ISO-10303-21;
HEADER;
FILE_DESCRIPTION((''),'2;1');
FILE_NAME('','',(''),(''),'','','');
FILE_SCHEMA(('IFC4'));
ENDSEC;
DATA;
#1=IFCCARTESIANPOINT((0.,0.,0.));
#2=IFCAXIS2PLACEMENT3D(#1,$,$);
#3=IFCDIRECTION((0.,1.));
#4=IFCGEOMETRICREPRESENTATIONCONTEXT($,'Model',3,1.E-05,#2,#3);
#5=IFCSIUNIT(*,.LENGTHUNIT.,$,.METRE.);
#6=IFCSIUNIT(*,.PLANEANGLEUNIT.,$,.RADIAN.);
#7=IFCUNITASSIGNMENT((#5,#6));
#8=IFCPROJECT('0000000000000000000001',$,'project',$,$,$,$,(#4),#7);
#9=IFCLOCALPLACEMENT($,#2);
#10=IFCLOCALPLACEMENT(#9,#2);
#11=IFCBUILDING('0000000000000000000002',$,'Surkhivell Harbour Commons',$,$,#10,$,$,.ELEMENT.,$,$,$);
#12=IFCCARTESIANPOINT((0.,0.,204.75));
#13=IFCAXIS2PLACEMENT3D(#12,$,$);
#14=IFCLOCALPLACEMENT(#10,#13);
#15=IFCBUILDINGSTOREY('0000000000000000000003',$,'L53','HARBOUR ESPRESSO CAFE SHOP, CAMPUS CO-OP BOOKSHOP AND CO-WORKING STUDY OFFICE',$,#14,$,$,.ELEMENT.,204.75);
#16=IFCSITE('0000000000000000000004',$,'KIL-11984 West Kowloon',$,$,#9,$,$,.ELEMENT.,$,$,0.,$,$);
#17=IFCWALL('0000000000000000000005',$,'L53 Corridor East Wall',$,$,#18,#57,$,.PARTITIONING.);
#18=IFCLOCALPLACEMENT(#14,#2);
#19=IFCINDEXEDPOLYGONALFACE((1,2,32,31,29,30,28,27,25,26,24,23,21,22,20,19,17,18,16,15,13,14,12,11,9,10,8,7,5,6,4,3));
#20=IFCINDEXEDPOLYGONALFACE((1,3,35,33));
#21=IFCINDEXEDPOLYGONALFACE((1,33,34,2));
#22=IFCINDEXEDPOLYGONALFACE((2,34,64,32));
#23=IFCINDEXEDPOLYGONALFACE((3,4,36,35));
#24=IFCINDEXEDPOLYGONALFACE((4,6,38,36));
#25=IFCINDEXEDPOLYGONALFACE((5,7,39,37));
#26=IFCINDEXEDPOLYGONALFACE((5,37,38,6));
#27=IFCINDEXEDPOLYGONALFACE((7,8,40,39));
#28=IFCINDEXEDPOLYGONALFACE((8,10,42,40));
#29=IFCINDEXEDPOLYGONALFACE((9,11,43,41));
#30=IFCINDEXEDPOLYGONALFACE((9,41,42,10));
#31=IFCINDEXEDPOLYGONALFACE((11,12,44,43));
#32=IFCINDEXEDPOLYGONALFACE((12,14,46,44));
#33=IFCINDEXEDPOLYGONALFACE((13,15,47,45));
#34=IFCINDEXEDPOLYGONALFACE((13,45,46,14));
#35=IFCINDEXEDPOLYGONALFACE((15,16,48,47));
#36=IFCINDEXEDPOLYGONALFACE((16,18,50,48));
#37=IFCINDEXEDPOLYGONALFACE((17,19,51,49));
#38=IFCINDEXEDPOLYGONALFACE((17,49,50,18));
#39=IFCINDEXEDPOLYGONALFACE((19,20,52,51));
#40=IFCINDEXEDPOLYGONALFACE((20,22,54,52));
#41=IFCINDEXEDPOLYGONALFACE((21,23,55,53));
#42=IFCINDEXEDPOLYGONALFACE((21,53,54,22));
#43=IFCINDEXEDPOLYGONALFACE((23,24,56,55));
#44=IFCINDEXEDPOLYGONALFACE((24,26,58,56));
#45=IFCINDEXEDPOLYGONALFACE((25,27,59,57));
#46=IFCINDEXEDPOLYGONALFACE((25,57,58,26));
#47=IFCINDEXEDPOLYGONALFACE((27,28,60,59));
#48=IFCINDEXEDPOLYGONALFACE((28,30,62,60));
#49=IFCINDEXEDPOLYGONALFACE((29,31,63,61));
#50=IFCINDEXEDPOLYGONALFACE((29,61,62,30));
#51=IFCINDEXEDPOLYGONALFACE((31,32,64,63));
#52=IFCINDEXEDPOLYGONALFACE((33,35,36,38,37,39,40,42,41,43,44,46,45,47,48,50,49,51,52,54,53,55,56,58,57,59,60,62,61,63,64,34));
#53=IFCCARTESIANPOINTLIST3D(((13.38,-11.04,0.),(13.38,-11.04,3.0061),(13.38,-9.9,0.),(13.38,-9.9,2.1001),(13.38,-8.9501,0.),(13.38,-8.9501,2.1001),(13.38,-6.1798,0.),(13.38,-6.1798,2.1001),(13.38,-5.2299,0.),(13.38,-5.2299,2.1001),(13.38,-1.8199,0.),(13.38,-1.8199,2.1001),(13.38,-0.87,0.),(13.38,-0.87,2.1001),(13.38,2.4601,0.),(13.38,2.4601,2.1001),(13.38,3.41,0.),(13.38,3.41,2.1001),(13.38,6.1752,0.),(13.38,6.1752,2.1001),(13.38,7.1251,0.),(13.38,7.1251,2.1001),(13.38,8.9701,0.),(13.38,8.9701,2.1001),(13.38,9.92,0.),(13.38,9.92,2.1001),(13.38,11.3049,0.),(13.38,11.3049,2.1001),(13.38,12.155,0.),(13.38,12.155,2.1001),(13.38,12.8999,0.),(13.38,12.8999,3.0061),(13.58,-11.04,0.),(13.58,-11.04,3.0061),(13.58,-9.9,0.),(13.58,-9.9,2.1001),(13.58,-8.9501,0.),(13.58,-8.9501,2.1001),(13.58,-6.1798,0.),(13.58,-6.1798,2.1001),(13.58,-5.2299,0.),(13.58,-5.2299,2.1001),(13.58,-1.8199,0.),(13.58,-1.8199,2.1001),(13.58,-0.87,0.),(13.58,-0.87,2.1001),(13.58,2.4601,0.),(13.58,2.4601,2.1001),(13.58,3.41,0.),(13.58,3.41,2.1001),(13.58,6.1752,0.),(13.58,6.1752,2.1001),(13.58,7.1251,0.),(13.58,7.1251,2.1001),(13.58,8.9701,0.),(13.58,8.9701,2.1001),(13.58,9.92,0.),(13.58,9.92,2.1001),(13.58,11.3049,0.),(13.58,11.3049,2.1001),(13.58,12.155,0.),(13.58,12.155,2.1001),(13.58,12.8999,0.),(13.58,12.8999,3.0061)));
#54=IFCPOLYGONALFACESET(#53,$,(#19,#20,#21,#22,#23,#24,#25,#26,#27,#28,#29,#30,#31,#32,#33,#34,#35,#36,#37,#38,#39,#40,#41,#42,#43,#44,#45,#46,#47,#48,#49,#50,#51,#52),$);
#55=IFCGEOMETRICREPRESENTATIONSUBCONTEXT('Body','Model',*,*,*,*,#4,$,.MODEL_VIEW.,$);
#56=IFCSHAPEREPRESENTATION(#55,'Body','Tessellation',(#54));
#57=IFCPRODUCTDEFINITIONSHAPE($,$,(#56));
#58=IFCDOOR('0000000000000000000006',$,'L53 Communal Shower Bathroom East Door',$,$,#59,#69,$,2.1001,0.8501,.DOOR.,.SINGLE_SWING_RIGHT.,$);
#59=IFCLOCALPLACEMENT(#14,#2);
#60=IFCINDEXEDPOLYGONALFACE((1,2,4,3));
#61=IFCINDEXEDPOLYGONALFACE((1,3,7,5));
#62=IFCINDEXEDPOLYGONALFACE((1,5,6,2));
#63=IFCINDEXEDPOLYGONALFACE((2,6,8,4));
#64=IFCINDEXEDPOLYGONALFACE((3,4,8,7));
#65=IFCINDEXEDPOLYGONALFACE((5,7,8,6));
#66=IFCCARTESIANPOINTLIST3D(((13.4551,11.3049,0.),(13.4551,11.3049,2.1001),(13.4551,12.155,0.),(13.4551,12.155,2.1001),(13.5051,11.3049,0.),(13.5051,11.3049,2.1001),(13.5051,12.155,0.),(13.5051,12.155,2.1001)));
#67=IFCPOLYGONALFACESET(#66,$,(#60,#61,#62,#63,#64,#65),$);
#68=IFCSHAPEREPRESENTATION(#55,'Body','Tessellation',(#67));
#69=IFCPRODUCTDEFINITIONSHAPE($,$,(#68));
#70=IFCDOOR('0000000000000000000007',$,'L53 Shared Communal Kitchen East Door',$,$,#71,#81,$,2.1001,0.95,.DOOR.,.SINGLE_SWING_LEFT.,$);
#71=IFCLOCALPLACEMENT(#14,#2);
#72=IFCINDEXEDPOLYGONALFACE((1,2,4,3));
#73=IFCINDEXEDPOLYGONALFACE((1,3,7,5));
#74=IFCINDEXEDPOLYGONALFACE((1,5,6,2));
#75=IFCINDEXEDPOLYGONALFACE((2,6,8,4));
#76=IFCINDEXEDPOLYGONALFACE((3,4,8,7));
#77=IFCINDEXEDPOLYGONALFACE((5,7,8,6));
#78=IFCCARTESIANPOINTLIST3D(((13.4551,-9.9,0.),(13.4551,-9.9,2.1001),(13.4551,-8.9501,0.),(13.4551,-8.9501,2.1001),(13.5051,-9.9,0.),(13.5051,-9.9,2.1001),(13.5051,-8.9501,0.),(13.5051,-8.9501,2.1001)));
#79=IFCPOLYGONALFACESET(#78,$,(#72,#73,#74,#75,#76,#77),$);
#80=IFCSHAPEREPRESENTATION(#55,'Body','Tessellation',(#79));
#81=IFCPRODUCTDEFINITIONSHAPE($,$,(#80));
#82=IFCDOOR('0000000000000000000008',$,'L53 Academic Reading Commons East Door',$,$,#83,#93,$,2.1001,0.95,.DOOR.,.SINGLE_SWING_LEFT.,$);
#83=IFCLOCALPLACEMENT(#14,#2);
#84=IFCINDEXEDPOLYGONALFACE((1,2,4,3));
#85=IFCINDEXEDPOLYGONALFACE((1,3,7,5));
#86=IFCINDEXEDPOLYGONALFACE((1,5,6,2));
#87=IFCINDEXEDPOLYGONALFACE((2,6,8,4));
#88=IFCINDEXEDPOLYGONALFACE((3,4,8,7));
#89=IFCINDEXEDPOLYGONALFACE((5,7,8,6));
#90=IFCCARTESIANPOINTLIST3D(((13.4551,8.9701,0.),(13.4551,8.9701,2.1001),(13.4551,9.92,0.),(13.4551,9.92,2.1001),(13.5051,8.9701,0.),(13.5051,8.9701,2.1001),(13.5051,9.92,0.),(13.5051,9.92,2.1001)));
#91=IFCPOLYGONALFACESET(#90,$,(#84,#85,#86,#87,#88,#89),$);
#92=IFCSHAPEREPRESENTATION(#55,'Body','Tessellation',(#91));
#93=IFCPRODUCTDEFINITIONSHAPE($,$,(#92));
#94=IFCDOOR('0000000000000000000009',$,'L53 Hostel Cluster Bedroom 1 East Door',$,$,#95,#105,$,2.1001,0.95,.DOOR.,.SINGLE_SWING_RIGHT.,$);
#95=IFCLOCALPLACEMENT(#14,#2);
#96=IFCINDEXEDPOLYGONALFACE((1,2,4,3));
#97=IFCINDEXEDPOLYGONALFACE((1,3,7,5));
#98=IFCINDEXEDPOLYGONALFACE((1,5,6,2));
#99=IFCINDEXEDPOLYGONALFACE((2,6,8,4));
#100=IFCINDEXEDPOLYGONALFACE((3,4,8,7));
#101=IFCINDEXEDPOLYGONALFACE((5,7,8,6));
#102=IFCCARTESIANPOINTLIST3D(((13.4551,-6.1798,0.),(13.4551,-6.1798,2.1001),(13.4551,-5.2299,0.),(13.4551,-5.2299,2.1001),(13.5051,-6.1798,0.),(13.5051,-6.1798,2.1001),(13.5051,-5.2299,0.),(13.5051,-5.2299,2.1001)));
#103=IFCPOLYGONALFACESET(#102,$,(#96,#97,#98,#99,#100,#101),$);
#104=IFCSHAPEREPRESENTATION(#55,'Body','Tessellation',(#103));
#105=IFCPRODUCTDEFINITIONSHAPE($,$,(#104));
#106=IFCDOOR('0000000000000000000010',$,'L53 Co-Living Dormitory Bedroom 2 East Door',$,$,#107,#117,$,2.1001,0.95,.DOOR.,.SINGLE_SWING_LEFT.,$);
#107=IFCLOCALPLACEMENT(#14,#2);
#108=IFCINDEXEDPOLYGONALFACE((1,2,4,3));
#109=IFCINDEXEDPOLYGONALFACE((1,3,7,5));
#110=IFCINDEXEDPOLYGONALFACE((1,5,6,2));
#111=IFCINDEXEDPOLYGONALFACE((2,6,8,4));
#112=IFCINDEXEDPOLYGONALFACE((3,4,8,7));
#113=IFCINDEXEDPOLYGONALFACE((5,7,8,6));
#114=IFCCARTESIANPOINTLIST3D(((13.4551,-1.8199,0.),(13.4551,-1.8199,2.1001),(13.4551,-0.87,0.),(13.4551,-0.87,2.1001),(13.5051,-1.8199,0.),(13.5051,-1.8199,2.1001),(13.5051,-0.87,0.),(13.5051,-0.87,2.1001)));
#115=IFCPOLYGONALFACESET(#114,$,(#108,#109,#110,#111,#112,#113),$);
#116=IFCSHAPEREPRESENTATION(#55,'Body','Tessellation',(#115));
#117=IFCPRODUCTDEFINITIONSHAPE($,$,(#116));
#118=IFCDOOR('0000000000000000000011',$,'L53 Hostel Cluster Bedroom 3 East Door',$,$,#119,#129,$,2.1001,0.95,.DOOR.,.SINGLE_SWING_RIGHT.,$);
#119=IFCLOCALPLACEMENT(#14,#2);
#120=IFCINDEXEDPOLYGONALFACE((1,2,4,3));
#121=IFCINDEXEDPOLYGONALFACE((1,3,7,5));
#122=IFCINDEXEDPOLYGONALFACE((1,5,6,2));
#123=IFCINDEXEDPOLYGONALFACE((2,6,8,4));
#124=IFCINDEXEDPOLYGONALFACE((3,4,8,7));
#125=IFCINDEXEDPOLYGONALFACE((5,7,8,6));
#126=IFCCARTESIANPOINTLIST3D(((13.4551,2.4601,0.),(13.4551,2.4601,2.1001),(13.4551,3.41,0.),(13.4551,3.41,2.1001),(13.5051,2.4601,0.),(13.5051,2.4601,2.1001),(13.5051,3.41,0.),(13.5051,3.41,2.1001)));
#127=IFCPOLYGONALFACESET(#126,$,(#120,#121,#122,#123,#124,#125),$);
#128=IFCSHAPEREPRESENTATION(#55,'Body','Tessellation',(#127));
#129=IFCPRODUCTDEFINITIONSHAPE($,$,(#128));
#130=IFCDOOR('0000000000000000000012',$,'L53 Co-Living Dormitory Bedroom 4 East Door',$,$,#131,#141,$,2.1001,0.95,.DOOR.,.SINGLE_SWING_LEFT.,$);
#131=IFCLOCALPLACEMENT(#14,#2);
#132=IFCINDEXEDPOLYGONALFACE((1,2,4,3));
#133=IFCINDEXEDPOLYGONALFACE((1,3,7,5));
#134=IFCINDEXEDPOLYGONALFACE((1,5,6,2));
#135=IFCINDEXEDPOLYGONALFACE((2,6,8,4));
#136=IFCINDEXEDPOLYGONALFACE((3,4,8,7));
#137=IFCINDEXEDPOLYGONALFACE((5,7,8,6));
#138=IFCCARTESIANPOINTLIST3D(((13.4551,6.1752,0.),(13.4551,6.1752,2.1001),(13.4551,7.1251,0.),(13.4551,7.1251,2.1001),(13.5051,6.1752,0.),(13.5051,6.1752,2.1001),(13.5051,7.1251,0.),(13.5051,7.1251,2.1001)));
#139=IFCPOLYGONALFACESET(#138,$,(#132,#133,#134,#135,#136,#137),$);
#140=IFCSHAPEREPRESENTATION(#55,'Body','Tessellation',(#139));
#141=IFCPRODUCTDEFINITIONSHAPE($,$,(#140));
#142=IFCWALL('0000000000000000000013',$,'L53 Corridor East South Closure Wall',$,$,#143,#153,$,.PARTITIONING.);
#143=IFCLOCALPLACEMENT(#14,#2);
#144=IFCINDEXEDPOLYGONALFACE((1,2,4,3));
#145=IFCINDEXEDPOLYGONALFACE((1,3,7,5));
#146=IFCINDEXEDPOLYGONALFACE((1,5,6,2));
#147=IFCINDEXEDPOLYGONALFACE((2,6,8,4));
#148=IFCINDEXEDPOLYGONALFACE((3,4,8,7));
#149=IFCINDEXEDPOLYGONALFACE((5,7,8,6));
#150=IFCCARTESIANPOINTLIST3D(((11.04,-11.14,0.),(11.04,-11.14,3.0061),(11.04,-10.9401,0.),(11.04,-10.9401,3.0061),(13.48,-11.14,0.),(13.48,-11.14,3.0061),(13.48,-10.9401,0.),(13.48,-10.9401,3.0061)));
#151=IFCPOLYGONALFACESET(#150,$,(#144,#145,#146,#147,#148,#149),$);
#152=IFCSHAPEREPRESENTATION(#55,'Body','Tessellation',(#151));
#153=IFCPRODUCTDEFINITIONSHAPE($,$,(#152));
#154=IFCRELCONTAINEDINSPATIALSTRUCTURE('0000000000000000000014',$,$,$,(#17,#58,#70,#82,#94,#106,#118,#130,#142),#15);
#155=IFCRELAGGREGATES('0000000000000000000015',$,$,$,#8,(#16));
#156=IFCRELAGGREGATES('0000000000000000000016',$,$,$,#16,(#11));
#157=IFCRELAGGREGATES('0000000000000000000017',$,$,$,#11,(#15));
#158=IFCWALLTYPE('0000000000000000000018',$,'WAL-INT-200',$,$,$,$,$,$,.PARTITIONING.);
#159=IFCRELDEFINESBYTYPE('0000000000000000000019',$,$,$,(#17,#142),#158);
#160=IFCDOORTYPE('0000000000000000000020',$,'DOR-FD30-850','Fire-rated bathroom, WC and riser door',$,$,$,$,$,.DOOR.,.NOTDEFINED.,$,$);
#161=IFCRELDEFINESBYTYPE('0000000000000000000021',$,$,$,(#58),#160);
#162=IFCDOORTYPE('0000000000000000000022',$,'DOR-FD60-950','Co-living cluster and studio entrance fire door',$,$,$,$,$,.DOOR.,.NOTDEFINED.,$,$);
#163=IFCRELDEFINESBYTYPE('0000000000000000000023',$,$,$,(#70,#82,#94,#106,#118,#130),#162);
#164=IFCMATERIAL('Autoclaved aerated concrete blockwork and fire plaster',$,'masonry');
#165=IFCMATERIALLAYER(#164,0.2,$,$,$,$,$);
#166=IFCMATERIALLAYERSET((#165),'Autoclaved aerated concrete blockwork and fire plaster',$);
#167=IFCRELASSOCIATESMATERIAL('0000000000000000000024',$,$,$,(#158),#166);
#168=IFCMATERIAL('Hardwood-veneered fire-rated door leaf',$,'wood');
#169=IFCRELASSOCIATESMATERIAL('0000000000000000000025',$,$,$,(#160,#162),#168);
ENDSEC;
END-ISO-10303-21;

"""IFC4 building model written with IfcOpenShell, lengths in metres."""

from ifc_helpers import new_model, si_unit, direction, frame, frame_2d, origin, place, context, subcontext, project, spatial, rectangle, extrude, material, layer, layer_set, type_object, element, fill, save


model = new_model("IFC4")

# Units and contexts
model_context = context("Model", 3, precision=1e-05, world=origin(), true_north=direction((0.0, 1.0)))
body_context = subcontext(model_context, "Body", "Model", "MODEL_VIEW")
ifc_project = project(units=[si_unit("LENGTHUNIT", "METRE"), si_unit("PLANEANGLEUNIT", "RADIAN")], contexts=[model_context])

# Site, building, storey
site_placement = place(None, origin())
site = spatial("IfcSite", under=ifc_project, at=site_placement, Name="KIL-11984 West Kowloon", CompositionType="ELEMENT", RefElevation=0.0)
building_placement = place(site_placement, origin())
building = spatial("IfcBuilding", under=site, at=building_placement, Name="Surkhivell Harbour Commons", CompositionType="ELEMENT")
storey_placement = place(building_placement, frame((0.0, 0.0, 204.75)))
storey = spatial("IfcBuildingStorey", under=building, at=storey_placement, Name="L53", Description="HARBOUR ESPRESSO CAFE SHOP, CAMPUS CO-OP BOOKSHOP AND CO-WORKING STUDY OFFICE", CompositionType="ELEMENT", Elevation=204.75)

# Wall, openings, doors
ifc_material_1 = material(Name="Autoclaved aerated concrete blockwork and fire plaster", Category="masonry")
ifc_layer_1 = layer(ifc_material_1, 0.2)
ifc_layer_set_1 = layer_set([ifc_layer_1], Name="Autoclaved aerated concrete blockwork and fire plaster")
wall_type_1 = type_object("IfcWallType", Name="WAL-INT-200", PredefinedType="PARTITIONING", material=ifc_layer_set_1)
wall_1_placement = place(storey_placement, frame((13.48, -11.04, 0.0), z_axis=(0.0, 0.0, 1.0), x_axis=(0.0, 1.0, 0.0)))
wall_1 = element("IfcWall", 1, at=wall_1_placement, inside=storey, type_object=wall_type_1, Name="L53 Corridor East Wall", PredefinedType="PARTITIONING", context=body_context, shape_type="SweptSolid", body=[
    extrude(rectangle(XDim=23.9399, YDim=0.2, at=frame_2d((11.97, 0.0))), origin(), (0.0, 0.0, 1.0), 3.0061),
])
opening_1_placement = place(wall_1_placement, frame((1.1399, 0.0, 0.0)))
opening_1 = element("IfcOpeningElement", 2, at=opening_1_placement, cuts=wall_1, PredefinedType="OPENING", context=body_context, shape_type="SweptSolid", body=[
    extrude(rectangle(XDim=0.95, YDim=2.1001, at=frame_2d((0.4751, 1.05))), frame((0.0, 0.1099, 0.0), z_axis=(0.0, -1.0, 0.0), x_axis=(1.0, 0.0, 0.0)), (0.0, 0.0, 1.0), 0.22),
])
opening_2_placement = place(wall_1_placement, frame((22.345, 0.0, 0.0)))
opening_2 = element("IfcOpeningElement", 3, at=opening_2_placement, cuts=wall_1, PredefinedType="OPENING", context=body_context, shape_type="SweptSolid", body=[
    extrude(rectangle(XDim=0.8501, YDim=2.1001, at=frame_2d((0.425, 1.05))), frame((0.0, 0.1099, 0.0), z_axis=(0.0, -1.0, 0.0), x_axis=(1.0, 0.0, 0.0)), (0.0, 0.0, 1.0), 0.22),
])
opening_3_placement = place(wall_1_placement, frame((20.01, 0.0, 0.0)))
opening_3 = element("IfcOpeningElement", 4, at=opening_3_placement, cuts=wall_1, PredefinedType="OPENING", context=body_context, shape_type="SweptSolid", body=[
    extrude(rectangle(XDim=0.95, YDim=2.1001, at=frame_2d((0.4751, 1.05))), frame((0.0, 0.1099, 0.0), z_axis=(0.0, -1.0, 0.0), x_axis=(1.0, 0.0, 0.0)), (0.0, 0.0, 1.0), 0.22),
])
opening_4_placement = place(wall_1_placement, frame((4.8601, 0.0, 0.0)))
opening_4 = element("IfcOpeningElement", 5, at=opening_4_placement, cuts=wall_1, PredefinedType="OPENING", context=body_context, shape_type="SweptSolid", body=[
    extrude(rectangle(XDim=0.95, YDim=2.1001, at=frame_2d((0.4751, 1.05))), frame((0.0, 0.1099, 0.0), z_axis=(0.0, -1.0, 0.0), x_axis=(1.0, 0.0, 0.0)), (0.0, 0.0, 1.0), 0.22),
])
opening_5_placement = place(wall_1_placement, frame((9.22, 0.0, 0.0)))
opening_5 = element("IfcOpeningElement", 6, at=opening_5_placement, cuts=wall_1, PredefinedType="OPENING", context=body_context, shape_type="SweptSolid", body=[
    extrude(rectangle(XDim=0.95, YDim=2.1001, at=frame_2d((0.4751, 1.05))), frame((0.0, 0.1099, 0.0), z_axis=(0.0, -1.0, 0.0), x_axis=(1.0, 0.0, 0.0)), (0.0, 0.0, 1.0), 0.22),
])
opening_6_placement = place(wall_1_placement, frame((13.5, 0.0, 0.0)))
opening_6 = element("IfcOpeningElement", 7, at=opening_6_placement, cuts=wall_1, PredefinedType="OPENING", context=body_context, shape_type="SweptSolid", body=[
    extrude(rectangle(XDim=0.95, YDim=2.1001, at=frame_2d((0.4751, 1.05))), frame((0.0, 0.1099, 0.0), z_axis=(0.0, -1.0, 0.0), x_axis=(1.0, 0.0, 0.0)), (0.0, 0.0, 1.0), 0.22),
])
opening_7_placement = place(wall_1_placement, frame((17.2151, 0.0, 0.0)))
opening_7 = element("IfcOpeningElement", 8, at=opening_7_placement, cuts=wall_1, PredefinedType="OPENING", context=body_context, shape_type="SweptSolid", body=[
    extrude(rectangle(XDim=0.95, YDim=2.1001, at=frame_2d((0.4751, 1.05))), frame((0.0, 0.1099, 0.0), z_axis=(0.0, -1.0, 0.0), x_axis=(1.0, 0.0, 0.0)), (0.0, 0.0, 1.0), 0.22),
])
ifc_material_2 = material(Name="Hardwood-veneered fire-rated door leaf", Category="wood")
door_type_1 = type_object("IfcDoorType", Name="DOR-FD30-850", Description="Fire-rated bathroom, WC and riser door", OperationType="NOTDEFINED", PredefinedType="DOOR", material=ifc_material_2)
door_1_placement = place(opening_2_placement, origin())
door_1 = element("IfcDoor", 9, at=door_1_placement, inside=storey, type_object=door_type_1, Name="L53 Communal Shower Bathroom East Door", OperationType="SINGLE_SWING_RIGHT", OverallHeight=2.1001, OverallWidth=0.8501, PredefinedType="DOOR", context=body_context, shape_type="SweptSolid", body=[
    extrude(rectangle(XDim=0.8501, YDim=2.1001, at=frame_2d((0.425, 1.05))), frame((0.0, 0.0249, 0.0), z_axis=(0.0, -1.0, 0.0), x_axis=(1.0, 0.0, 0.0)), (0.0, 0.0, 1.0), 0.05),
])
fill(opening_2, door_1)
door_type_2 = type_object("IfcDoorType", Name="DOR-FD60-950", Description="Co-living cluster and studio entrance fire door", OperationType="NOTDEFINED", PredefinedType="DOOR", material=ifc_material_2)
door_2_placement = place(opening_1_placement, origin())
door_2 = element("IfcDoor", 10, at=door_2_placement, inside=storey, type_object=door_type_2, Name="L53 Shared Communal Kitchen East Door", OperationType="SINGLE_SWING_LEFT", OverallHeight=2.1001, OverallWidth=0.95, PredefinedType="DOOR", context=body_context, shape_type="SweptSolid", body=[
    extrude(rectangle(XDim=0.95, YDim=2.1001, at=frame_2d((0.4751, 1.05))), frame((0.0, 0.0249, 0.0), z_axis=(0.0, -1.0, 0.0), x_axis=(1.0, 0.0, 0.0)), (0.0, 0.0, 1.0), 0.05),
])
fill(opening_1, door_2)
door_3_placement = place(opening_3_placement, origin())
door_3 = element("IfcDoor", 11, at=door_3_placement, inside=storey, type_object=door_type_2, Name="L53 Academic Reading Commons East Door", OperationType="SINGLE_SWING_LEFT", OverallHeight=2.1001, OverallWidth=0.95, PredefinedType="DOOR", context=body_context, shape_type="SweptSolid", body=[
    extrude(rectangle(XDim=0.95, YDim=2.1001, at=frame_2d((0.4751, 1.05))), frame((0.0, 0.0249, 0.0), z_axis=(0.0, -1.0, 0.0), x_axis=(1.0, 0.0, 0.0)), (0.0, 0.0, 1.0), 0.05),
])
fill(opening_3, door_3)
door_4_placement = place(opening_4_placement, origin())
door_4 = element("IfcDoor", 12, at=door_4_placement, inside=storey, type_object=door_type_2, Name="L53 Hostel Cluster Bedroom 1 East Door", OperationType="SINGLE_SWING_RIGHT", OverallHeight=2.1001, OverallWidth=0.95, PredefinedType="DOOR", context=body_context, shape_type="SweptSolid", body=[
    extrude(rectangle(XDim=0.95, YDim=2.1001, at=frame_2d((0.4751, 1.05))), frame((0.0, 0.0249, 0.0), z_axis=(0.0, -1.0, 0.0), x_axis=(1.0, 0.0, 0.0)), (0.0, 0.0, 1.0), 0.05),
])
fill(opening_4, door_4)
door_5_placement = place(opening_5_placement, origin())
door_5 = element("IfcDoor", 13, at=door_5_placement, inside=storey, type_object=door_type_2, Name="L53 Co-Living Dormitory Bedroom 2 East Door", OperationType="SINGLE_SWING_LEFT", OverallHeight=2.1001, OverallWidth=0.95, PredefinedType="DOOR", context=body_context, shape_type="SweptSolid", body=[
    extrude(rectangle(XDim=0.95, YDim=2.1001, at=frame_2d((0.4751, 1.05))), frame((0.0, 0.0249, 0.0), z_axis=(0.0, -1.0, 0.0), x_axis=(1.0, 0.0, 0.0)), (0.0, 0.0, 1.0), 0.05),
])
fill(opening_5, door_5)
door_6_placement = place(opening_6_placement, origin())
door_6 = element("IfcDoor", 14, at=door_6_placement, inside=storey, type_object=door_type_2, Name="L53 Hostel Cluster Bedroom 3 East Door", OperationType="SINGLE_SWING_RIGHT", OverallHeight=2.1001, OverallWidth=0.95, PredefinedType="DOOR", context=body_context, shape_type="SweptSolid", body=[
    extrude(rectangle(XDim=0.95, YDim=2.1001, at=frame_2d((0.4751, 1.05))), frame((0.0, 0.0249, 0.0), z_axis=(0.0, -1.0, 0.0), x_axis=(1.0, 0.0, 0.0)), (0.0, 0.0, 1.0), 0.05),
])
fill(opening_6, door_6)
door_7_placement = place(opening_7_placement, origin())
door_7 = element("IfcDoor", 15, at=door_7_placement, inside=storey, type_object=door_type_2, Name="L53 Co-Living Dormitory Bedroom 4 East Door", OperationType="SINGLE_SWING_LEFT", OverallHeight=2.1001, OverallWidth=0.95, PredefinedType="DOOR", context=body_context, shape_type="SweptSolid", body=[
    extrude(rectangle(XDim=0.95, YDim=2.1001, at=frame_2d((0.4751, 1.05))), frame((0.0, 0.0249, 0.0), z_axis=(0.0, -1.0, 0.0), x_axis=(1.0, 0.0, 0.0)), (0.0, 0.0, 1.0), 0.05),
])
fill(opening_7, door_7)

# Wall
wall_2_placement = place(storey_placement, frame((11.04, -11.04, 0.0), z_axis=(0.0, 0.0, 1.0), x_axis=(1.0, 0.0, 0.0)))
element("IfcWall", 16, at=wall_2_placement, inside=storey, type_object=wall_type_1, Name="L53 Corridor East South Closure Wall", PredefinedType="PARTITIONING", context=body_context, shape_type="SweptSolid", body=[
    extrude(rectangle(XDim=2.4399, YDim=0.2, at=frame_2d((1.22, 0.0))), origin(), (0.0, 0.0, 1.0), 3.0061),
])

save(model, "model.ifc")
